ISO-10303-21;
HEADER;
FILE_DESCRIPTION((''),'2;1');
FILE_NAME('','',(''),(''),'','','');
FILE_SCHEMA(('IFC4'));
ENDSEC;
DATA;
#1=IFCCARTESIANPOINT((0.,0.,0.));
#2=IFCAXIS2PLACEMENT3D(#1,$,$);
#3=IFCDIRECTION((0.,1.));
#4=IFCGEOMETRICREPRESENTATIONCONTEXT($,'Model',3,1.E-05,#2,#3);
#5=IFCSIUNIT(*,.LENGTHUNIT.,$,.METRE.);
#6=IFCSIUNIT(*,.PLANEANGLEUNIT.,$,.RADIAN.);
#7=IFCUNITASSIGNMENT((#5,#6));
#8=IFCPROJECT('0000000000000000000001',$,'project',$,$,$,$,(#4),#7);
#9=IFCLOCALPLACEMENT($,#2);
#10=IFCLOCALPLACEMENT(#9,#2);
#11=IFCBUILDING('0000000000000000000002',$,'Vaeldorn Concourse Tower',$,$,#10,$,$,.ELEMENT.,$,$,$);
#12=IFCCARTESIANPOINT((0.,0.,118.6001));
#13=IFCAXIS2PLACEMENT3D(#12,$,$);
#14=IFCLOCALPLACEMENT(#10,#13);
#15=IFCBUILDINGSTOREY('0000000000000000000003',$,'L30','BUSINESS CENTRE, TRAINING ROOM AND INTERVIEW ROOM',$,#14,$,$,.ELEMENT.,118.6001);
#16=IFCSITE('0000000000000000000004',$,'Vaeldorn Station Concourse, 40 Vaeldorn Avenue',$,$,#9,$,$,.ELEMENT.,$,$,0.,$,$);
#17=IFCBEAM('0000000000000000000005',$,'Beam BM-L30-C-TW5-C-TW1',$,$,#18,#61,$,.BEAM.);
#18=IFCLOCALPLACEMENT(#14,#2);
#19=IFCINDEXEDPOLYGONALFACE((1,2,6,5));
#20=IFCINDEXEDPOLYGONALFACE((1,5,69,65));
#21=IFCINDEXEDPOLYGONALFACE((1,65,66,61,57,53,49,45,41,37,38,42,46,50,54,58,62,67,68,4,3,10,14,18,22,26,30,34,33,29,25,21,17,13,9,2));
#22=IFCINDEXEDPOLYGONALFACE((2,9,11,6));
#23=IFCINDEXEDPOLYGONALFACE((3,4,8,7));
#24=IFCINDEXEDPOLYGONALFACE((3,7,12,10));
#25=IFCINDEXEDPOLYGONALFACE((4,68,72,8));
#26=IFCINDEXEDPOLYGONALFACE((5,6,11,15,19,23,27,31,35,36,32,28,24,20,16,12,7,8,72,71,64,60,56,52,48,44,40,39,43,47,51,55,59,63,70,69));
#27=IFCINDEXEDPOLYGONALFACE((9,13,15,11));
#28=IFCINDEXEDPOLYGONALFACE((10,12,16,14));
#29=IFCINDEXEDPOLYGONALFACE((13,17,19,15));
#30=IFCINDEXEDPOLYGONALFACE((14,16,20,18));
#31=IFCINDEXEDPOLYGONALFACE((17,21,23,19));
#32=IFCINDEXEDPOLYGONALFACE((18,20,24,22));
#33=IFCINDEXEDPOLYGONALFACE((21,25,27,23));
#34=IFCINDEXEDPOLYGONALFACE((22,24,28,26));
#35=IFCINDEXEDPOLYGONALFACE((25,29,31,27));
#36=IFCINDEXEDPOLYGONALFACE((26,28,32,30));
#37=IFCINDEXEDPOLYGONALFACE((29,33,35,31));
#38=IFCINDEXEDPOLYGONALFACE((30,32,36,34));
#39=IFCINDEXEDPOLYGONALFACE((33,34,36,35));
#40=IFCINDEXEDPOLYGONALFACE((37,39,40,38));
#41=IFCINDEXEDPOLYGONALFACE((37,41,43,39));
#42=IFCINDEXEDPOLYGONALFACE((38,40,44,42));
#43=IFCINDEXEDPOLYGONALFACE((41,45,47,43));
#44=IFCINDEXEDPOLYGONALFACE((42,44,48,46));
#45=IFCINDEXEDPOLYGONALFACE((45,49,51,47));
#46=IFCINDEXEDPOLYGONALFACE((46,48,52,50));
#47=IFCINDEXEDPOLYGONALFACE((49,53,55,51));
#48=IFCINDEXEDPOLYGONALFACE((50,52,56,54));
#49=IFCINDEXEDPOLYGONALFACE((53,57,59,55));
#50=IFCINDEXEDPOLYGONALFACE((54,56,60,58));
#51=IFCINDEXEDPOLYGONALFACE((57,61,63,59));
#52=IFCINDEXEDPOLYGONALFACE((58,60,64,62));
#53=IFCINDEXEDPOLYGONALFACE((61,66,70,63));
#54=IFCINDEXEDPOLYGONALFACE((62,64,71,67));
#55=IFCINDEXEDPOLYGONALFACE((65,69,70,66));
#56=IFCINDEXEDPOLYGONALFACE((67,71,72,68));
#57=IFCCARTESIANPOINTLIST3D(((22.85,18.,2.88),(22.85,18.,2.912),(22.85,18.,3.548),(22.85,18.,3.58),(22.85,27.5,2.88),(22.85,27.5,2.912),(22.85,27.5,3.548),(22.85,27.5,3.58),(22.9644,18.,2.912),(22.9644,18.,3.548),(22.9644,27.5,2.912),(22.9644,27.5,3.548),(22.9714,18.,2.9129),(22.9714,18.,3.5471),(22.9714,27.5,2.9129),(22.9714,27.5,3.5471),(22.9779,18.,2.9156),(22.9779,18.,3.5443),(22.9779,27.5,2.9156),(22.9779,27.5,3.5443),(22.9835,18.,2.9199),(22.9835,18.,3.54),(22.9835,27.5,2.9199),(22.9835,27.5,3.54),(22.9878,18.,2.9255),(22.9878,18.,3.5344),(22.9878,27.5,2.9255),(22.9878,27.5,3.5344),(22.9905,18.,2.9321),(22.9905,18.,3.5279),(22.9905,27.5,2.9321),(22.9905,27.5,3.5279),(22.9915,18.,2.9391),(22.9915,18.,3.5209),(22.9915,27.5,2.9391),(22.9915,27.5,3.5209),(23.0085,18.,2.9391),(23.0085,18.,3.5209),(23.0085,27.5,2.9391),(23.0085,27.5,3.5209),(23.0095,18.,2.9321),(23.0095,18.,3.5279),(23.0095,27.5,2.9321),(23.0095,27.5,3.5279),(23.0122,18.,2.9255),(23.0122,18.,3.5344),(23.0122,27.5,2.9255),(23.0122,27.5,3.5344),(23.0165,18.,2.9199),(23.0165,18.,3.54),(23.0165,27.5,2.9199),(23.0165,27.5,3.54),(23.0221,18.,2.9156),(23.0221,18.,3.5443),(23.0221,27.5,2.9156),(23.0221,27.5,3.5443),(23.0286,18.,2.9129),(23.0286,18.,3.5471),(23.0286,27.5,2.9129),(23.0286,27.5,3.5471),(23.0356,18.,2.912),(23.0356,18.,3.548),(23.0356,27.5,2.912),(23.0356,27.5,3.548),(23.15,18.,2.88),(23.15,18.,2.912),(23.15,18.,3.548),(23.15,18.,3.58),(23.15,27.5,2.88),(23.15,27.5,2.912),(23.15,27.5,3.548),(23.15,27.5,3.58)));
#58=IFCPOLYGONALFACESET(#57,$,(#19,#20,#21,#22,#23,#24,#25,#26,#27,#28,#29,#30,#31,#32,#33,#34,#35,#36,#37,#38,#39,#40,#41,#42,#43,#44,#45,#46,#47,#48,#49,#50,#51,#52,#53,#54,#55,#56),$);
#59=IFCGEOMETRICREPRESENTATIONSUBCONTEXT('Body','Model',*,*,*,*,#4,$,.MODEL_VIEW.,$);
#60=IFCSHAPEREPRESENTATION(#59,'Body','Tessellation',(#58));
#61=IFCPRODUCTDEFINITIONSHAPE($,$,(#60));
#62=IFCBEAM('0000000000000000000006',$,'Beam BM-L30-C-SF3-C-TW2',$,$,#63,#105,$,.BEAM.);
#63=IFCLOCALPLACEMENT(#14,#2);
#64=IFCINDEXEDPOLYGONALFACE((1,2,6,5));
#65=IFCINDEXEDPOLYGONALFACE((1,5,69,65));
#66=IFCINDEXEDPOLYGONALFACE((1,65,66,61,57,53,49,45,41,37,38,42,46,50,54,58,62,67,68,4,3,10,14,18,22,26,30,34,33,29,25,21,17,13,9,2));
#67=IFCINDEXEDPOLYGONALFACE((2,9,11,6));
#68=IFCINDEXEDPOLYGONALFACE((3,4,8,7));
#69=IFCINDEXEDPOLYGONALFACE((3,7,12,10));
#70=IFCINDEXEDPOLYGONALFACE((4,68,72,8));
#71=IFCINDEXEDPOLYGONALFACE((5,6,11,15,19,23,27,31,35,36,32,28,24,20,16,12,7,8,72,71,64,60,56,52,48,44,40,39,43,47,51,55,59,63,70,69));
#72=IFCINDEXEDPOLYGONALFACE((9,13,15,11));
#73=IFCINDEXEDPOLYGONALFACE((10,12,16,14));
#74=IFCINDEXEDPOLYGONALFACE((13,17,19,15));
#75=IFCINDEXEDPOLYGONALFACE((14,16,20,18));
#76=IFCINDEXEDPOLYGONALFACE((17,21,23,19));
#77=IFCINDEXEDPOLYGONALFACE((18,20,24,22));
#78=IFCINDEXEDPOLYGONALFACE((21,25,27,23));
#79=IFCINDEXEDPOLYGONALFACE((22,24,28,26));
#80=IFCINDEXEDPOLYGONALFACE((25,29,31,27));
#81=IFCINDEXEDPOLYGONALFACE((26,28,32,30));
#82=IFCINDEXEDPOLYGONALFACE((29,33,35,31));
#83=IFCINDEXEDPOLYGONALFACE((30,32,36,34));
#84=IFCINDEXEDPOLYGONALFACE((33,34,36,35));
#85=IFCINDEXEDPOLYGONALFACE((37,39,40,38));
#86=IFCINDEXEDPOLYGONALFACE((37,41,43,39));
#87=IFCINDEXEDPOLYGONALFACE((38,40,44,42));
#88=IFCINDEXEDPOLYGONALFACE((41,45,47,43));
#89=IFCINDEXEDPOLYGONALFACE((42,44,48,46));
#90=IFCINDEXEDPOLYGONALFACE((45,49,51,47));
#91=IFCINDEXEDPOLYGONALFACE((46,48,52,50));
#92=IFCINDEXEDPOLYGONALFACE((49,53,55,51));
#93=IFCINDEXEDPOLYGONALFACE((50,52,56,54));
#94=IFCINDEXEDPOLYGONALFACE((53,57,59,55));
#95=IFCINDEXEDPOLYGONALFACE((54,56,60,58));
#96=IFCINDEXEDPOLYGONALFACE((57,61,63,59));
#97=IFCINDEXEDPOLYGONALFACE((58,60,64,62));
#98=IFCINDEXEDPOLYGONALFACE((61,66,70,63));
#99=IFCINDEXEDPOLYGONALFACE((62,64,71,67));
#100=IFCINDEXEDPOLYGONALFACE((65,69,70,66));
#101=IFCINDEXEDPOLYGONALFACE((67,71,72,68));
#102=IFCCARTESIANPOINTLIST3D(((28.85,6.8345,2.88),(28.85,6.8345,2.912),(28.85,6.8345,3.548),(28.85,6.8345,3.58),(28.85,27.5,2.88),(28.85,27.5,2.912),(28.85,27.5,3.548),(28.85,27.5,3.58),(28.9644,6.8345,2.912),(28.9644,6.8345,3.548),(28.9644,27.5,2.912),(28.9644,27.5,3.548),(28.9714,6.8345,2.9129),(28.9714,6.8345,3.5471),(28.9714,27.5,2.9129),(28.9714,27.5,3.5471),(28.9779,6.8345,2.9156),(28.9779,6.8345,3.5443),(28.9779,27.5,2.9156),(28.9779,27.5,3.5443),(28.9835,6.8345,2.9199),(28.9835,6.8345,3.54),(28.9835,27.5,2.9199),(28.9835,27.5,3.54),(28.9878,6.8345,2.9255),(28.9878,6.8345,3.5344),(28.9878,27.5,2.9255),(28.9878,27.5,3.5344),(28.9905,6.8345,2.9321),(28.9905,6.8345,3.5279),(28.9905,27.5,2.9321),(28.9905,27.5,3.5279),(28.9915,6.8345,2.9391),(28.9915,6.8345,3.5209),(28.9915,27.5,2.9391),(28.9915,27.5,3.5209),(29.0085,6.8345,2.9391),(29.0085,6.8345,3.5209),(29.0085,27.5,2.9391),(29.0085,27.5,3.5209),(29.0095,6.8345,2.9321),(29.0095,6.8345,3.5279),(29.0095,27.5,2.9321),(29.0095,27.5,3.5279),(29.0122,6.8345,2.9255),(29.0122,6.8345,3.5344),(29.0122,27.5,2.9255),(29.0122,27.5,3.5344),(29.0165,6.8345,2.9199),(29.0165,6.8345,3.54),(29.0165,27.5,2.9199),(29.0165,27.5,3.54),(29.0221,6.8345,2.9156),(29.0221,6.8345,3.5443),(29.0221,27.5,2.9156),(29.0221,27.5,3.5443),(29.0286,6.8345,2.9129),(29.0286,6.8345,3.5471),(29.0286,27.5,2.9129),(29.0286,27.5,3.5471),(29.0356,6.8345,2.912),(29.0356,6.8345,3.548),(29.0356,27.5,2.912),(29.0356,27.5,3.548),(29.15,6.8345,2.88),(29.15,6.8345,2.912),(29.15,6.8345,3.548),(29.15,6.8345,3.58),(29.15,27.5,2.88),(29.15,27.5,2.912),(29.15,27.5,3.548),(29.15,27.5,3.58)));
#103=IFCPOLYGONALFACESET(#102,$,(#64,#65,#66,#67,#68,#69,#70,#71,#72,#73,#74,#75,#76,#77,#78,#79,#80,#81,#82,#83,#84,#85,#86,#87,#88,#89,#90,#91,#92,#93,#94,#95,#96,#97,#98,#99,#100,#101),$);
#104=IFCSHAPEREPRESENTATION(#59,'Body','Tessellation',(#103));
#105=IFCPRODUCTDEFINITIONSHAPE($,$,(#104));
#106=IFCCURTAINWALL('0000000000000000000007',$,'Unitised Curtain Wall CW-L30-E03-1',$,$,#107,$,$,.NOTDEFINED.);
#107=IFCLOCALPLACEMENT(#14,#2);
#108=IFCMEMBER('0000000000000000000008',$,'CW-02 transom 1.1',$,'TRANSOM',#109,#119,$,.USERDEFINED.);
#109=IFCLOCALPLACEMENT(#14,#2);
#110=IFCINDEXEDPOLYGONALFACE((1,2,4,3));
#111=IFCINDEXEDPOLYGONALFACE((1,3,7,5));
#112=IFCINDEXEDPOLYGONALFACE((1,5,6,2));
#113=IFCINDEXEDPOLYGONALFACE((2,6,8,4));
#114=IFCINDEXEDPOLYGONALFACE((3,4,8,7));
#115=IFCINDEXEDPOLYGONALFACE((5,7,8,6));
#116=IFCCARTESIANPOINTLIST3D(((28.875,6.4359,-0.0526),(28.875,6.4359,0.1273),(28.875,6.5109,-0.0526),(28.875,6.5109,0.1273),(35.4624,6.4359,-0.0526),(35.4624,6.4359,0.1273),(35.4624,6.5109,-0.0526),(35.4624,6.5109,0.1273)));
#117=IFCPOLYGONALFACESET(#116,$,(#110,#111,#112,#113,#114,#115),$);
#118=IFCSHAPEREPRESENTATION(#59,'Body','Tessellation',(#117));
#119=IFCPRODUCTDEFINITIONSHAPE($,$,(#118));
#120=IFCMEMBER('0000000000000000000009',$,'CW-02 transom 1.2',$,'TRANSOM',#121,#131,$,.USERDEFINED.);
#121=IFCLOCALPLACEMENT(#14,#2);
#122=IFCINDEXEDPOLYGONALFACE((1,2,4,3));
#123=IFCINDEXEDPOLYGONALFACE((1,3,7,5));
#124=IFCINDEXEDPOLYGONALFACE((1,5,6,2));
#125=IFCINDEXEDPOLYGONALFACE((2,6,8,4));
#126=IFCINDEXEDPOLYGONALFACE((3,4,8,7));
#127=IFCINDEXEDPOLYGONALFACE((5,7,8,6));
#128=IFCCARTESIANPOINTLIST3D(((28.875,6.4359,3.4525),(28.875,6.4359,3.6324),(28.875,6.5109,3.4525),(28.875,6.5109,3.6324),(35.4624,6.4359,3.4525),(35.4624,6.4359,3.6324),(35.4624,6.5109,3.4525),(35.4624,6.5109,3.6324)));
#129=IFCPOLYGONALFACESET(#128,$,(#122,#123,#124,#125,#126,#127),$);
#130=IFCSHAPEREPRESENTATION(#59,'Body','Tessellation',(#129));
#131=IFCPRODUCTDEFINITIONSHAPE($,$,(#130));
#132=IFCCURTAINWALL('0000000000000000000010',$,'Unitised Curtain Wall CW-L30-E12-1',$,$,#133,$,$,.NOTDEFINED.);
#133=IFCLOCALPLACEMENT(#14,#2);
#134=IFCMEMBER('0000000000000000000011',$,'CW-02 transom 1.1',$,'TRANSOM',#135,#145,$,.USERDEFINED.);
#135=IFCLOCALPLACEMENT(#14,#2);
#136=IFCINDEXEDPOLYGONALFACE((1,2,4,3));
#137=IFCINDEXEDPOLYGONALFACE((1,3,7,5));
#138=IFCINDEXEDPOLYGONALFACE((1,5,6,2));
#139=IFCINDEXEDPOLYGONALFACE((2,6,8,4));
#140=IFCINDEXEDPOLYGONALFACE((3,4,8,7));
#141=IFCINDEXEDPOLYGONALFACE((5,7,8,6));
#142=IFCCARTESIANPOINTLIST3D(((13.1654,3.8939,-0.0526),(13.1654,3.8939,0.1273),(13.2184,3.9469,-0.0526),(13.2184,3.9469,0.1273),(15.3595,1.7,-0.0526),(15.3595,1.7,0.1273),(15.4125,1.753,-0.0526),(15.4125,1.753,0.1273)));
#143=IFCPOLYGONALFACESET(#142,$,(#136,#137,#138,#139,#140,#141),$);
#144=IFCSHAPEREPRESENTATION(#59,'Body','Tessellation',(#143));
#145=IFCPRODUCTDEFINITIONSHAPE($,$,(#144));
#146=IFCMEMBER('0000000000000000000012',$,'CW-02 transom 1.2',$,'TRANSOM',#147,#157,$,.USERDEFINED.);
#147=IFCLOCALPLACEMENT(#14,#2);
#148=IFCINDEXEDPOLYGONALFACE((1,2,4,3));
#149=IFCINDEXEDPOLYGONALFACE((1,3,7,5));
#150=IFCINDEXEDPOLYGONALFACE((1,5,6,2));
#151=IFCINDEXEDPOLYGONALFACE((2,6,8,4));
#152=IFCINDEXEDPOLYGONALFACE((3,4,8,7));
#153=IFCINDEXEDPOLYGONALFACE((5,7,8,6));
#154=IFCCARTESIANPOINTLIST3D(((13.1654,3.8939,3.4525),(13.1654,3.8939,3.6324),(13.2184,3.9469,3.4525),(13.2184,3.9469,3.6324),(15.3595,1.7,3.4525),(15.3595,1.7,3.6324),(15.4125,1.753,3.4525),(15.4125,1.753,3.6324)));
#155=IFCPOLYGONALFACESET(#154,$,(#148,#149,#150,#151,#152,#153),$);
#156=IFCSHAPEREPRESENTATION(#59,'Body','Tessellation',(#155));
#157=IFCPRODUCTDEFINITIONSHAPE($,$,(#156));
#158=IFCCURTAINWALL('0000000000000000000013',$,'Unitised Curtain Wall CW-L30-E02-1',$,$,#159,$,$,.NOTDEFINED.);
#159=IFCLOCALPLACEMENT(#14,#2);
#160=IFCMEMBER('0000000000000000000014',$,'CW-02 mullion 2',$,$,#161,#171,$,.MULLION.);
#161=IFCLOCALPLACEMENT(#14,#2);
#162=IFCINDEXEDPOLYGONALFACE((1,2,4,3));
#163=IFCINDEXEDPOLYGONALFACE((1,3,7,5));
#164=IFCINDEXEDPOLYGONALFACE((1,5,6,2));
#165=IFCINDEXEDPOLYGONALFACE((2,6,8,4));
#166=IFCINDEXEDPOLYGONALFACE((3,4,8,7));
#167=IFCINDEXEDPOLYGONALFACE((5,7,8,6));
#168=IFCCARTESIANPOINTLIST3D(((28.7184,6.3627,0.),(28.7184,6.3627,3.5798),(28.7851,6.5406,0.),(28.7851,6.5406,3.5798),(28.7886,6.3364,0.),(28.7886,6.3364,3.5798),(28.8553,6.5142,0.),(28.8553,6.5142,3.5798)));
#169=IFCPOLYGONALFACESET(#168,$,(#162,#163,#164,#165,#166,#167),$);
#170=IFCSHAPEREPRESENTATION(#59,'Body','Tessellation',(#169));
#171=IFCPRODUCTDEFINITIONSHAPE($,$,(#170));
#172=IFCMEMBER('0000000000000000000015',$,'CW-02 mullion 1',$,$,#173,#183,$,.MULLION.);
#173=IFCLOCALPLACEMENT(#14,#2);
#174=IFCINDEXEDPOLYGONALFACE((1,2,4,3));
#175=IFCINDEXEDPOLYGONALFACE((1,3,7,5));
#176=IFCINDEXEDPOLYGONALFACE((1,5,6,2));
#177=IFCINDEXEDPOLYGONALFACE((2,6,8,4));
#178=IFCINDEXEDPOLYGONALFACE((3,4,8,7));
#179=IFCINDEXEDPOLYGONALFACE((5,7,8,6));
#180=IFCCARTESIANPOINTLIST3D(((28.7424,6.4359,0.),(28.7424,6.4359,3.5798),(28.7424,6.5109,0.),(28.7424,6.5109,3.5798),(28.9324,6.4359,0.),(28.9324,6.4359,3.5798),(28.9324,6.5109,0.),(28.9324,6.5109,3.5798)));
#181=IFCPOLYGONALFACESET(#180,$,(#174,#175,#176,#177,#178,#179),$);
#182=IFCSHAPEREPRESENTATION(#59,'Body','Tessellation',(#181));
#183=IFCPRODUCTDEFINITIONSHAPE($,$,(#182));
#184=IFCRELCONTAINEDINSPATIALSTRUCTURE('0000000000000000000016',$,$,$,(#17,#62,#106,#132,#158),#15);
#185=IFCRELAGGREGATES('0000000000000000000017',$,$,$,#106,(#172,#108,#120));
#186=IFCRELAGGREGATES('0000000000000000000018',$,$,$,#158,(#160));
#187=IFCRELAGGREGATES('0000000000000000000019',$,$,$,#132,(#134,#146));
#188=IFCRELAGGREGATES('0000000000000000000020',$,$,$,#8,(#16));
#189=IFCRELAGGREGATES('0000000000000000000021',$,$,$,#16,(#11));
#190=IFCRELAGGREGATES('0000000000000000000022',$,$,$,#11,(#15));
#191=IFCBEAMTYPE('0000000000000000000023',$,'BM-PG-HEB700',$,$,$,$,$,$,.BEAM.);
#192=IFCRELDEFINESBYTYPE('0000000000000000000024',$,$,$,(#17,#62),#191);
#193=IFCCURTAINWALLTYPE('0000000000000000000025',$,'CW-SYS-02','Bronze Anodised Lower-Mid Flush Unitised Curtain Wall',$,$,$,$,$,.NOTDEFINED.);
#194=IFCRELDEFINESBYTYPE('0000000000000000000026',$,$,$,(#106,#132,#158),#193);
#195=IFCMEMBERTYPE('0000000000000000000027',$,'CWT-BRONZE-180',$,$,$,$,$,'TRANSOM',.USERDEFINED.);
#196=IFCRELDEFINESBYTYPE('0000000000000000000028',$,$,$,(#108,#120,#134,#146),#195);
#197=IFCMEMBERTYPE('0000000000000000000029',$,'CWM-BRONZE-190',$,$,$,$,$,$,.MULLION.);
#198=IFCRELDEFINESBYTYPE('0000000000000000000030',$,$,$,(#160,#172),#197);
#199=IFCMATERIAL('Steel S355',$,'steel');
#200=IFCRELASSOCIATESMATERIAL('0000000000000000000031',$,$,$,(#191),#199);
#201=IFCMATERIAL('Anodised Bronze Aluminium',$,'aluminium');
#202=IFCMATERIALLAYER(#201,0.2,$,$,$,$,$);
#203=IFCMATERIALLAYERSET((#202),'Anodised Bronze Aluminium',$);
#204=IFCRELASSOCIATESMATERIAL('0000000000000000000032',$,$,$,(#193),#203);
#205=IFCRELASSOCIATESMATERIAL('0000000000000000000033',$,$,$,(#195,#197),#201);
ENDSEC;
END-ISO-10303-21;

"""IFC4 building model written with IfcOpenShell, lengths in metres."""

from ifc_helpers import new_model, si_unit, direction, frame, origin, origin_2d, place, context, subcontext, project, spatial, rectangle, i_section, extrude, source, transform, mapped, material, layer, layer_set, material_profile, profile_set, type_object, element, aggregate, save


model = new_model("IFC4")

# Units and contexts
model_context = context("Model", 3, precision=1e-05, world=origin(), true_north=direction((0.0, 1.0)))
body_context = subcontext(model_context, "Body", "Model", "MODEL_VIEW")
ifc_project = project(units=[si_unit("LENGTHUNIT", "METRE"), si_unit("PLANEANGLEUNIT", "RADIAN")], contexts=[model_context])

# Site, building, storey
site_placement = place(None, origin())
site = spatial("IfcSite", under=ifc_project, at=site_placement, Name="Vaeldorn Station Concourse, 40 Vaeldorn Avenue", CompositionType="ELEMENT", RefElevation=0.0)
building_placement = place(site_placement, origin())
building = spatial("IfcBuilding", under=site, at=building_placement, Name="Vaeldorn Concourse Tower", CompositionType="ELEMENT")
storey_placement = place(building_placement, frame((0.0, 0.0, 118.6001)))
storey = spatial("IfcBuildingStorey", under=building, at=storey_placement, Name="L30", Description="BUSINESS CENTRE, TRAINING ROOM AND INTERVIEW ROOM", CompositionType="ELEMENT", Elevation=118.6001)

# Beams
ifc_material_1 = material(Name="Steel S355", Category="steel")
ifc_material_profile_1 = material_profile(ifc_material_1, i_section(OverallWidth=0.3, OverallDepth=0.7, WebThickness=0.0171, FlangeThickness=0.032, FilletRadius=0.0271, at=origin_2d()), Name="HEB 700")
ifc_profile_set_1 = profile_set([ifc_material_profile_1], Name="Steel S355")
beam_type_1 = type_object("IfcBeamType", Name="BM-PG-HEB700", PredefinedType="BEAM", material=ifc_profile_set_1)
shared_shape_1 = source(origin(), body_context, "Body", "SweptSolid", [
    extrude(i_section(OverallWidth=0.3, OverallDepth=0.7, WebThickness=0.0171, FlangeThickness=0.032, FilletRadius=0.0271, at=origin_2d()), origin(), (0.0, 0.0, 1.0), 9.5),
])
beam_1_placement = place(storey_placement, frame((23.0, 18.0, 3.23), z_axis=(0.0, 1.0, 0.0), x_axis=(-1.0, 0.0, 0.0)))
element("IfcBeam", 1, at=beam_1_placement, inside=storey, type_object=beam_type_1, Name="Beam BM-L30-C-TW5-C-TW1", PredefinedType="BEAM", context=body_context, shape_type="MappedRepresentation", body=[
    mapped(shared_shape_1, transform((0.0, 0.0, 0.0), scale=1.0)),
])
shared_shape_2 = source(origin(), body_context, "Body", "SweptSolid", [
    extrude(i_section(OverallWidth=0.3, OverallDepth=0.7, WebThickness=0.0171, FlangeThickness=0.032, FilletRadius=0.0271, at=origin_2d()), origin(), (0.0, 0.0, 1.0), 20.6655),
])
beam_2_placement = place(storey_placement, frame((29.0, 6.8345, 3.23), z_axis=(0.0, 1.0, 0.0), x_axis=(-1.0, 0.0, 0.0)))
element("IfcBeam", 2, at=beam_2_placement, inside=storey, type_object=beam_type_1, Name="Beam BM-L30-C-SF3-C-TW2", PredefinedType="BEAM", context=body_context, shape_type="MappedRepresentation", body=[
    mapped(shared_shape_2, transform((0.0, 0.0, 0.0), scale=1.0)),
])

# Curtain walls, members
ifc_material_2 = material(Name="Anodised Bronze Aluminium", Category="aluminium")
ifc_layer_1 = layer(ifc_material_2, 0.2)
ifc_layer_set_1 = layer_set([ifc_layer_1], Name="Anodised Bronze Aluminium")
curtain_wall_type = type_object("IfcCurtainWallType", Name="CW-SYS-02", Description="Bronze Anodised Lower-Mid Flush Unitised Curtain Wall", PredefinedType="NOTDEFINED", material=ifc_layer_set_1)
curtain_wall_1_placement = place(storey_placement, origin())
curtain_wall_1 = element("IfcCurtainWall", 3, at=curtain_wall_1_placement, inside=storey, type_object=curtain_wall_type, Name="Unitised Curtain Wall CW-L30-E03-1", PredefinedType="NOTDEFINED")
ifc_material_profile_2 = material_profile(ifc_material_2, rectangle(XDim=0.075, YDim=0.1799, at=origin_2d()), Name="CWT 75x180")
ifc_profile_set_2 = profile_set([ifc_material_profile_2], Name="Anodised Bronze Aluminium")
member_type_1 = type_object("IfcMemberType", Name="CWT-BRONZE-180", ElementType="TRANSOM", PredefinedType="USERDEFINED", material=ifc_profile_set_2)
shared_shape_3 = source(origin(), body_context, "Body", "SweptSolid", [
    extrude(rectangle(XDim=0.075, YDim=0.1799, at=origin_2d()), origin(), (0.0, 0.0, 1.0), 6.5874),
])
member_1_placement = place(storey_placement, frame((28.875, 6.4734, 0.0374), z_axis=(1.0, 0.0, 0.0), x_axis=(0.0, 1.0, 0.0)))
member_1 = element("IfcMember", 4, at=member_1_placement, type_object=member_type_1, Name="CW-02 transom 1.1", ObjectType="TRANSOM", PredefinedType="USERDEFINED", context=body_context, shape_type="MappedRepresentation", body=[
    mapped(shared_shape_3, transform((0.0, 0.0, 0.0), scale=1.0)),
])
member_2_placement = place(storey_placement, frame((28.875, 6.4734, 3.5425), z_axis=(1.0, 0.0, 0.0), x_axis=(0.0, 1.0, 0.0)))
member_2 = element("IfcMember", 5, at=member_2_placement, type_object=member_type_1, Name="CW-02 transom 1.2", ObjectType="TRANSOM", PredefinedType="USERDEFINED", context=body_context, shape_type="MappedRepresentation", body=[
    mapped(shared_shape_3, transform((0.0, 0.0, 0.0), scale=1.0)),
])
curtain_wall_2_placement = place(storey_placement, origin())
curtain_wall_2 = element("IfcCurtainWall", 6, at=curtain_wall_2_placement, inside=storey, type_object=curtain_wall_type, Name="Unitised Curtain Wall CW-L30-E12-1", PredefinedType="NOTDEFINED")
shared_shape_4 = source(origin(), body_context, "Body", "SweptSolid", [
    extrude(rectangle(XDim=0.075, YDim=0.1799, at=origin_2d()), origin(), (0.0, 0.0, 1.0), 3.1028),
])
member_3_placement = place(storey_placement, frame((13.1919, 3.9204, 0.0374), z_axis=(0.707146, -0.707067, 0.0), x_axis=(0.707067, 0.707146, 0.0)))
member_3 = element("IfcMember", 7, at=member_3_placement, type_object=member_type_1, Name="CW-02 transom 1.1", ObjectType="TRANSOM", PredefinedType="USERDEFINED", context=body_context, shape_type="MappedRepresentation", body=[
    mapped(shared_shape_4, transform((0.0, 0.0, 0.0), scale=1.0)),
])
member_4_placement = place(storey_placement, frame((13.1919, 3.9204, 3.5425), z_axis=(0.707146, -0.707067, 0.0), x_axis=(0.707067, 0.707146, 0.0)))
member_4 = element("IfcMember", 8, at=member_4_placement, type_object=member_type_1, Name="CW-02 transom 1.2", ObjectType="TRANSOM", PredefinedType="USERDEFINED", context=body_context, shape_type="MappedRepresentation", body=[
    mapped(shared_shape_4, transform((0.0, 0.0, 0.0), scale=1.0)),
])

# Curtain wall, member
curtain_wall_3_placement = place(storey_placement, origin())
curtain_wall_3 = element("IfcCurtainWall", 9, at=curtain_wall_3_placement, inside=storey, type_object=curtain_wall_type, Name="Unitised Curtain Wall CW-L30-E02-1", PredefinedType="NOTDEFINED")
ifc_material_profile_3 = material_profile(ifc_material_2, rectangle(XDim=0.075, YDim=0.1899, at=origin_2d()), Name="CWM 75x190")
ifc_profile_set_3 = profile_set([ifc_material_profile_3], Name="Anodised Bronze Aluminium")
member_type_2 = type_object("IfcMemberType", Name="CWM-BRONZE-190", PredefinedType="MULLION", material=ifc_profile_set_3)
shared_shape_5 = source(origin(), body_context, "Body", "SweptSolid", [
    extrude(rectangle(XDim=0.075, YDim=0.1899, at=origin_2d()), origin(), (0.0, 0.0, 1.0), 3.5798),
])
member_5_placement = place(storey_placement, frame((28.7869, 6.4385, 0.0), z_axis=(0.0, 0.0, 1.0), x_axis=(-0.936329, 0.351123, 0.0)))
member_5 = element("IfcMember", 10, at=member_5_placement, type_object=member_type_2, Name="CW-02 mullion 2", PredefinedType="MULLION", context=body_context, shape_type="MappedRepresentation", body=[
    mapped(shared_shape_5, transform((0.0, 0.0, 0.0), scale=1.0)),
])

# Member
member_6_placement = place(storey_placement, frame((28.8374, 6.4734, 0.0), z_axis=(0.0, 0.0, 1.0), x_axis=(0.0, 1.0, 0.0)))
member_6 = element("IfcMember", 11, at=member_6_placement, type_object=member_type_2, Name="CW-02 mullion 1", PredefinedType="MULLION", context=body_context, shape_type="MappedRepresentation", body=[
    mapped(shared_shape_5, transform((0.0, 0.0, 0.0), scale=1.0)),
])
aggregate(curtain_wall_1, [member_6, member_1, member_2])

aggregate(curtain_wall_3, [member_5])
aggregate(curtain_wall_2, [member_3, member_4])

save(model, "model.ifc")
